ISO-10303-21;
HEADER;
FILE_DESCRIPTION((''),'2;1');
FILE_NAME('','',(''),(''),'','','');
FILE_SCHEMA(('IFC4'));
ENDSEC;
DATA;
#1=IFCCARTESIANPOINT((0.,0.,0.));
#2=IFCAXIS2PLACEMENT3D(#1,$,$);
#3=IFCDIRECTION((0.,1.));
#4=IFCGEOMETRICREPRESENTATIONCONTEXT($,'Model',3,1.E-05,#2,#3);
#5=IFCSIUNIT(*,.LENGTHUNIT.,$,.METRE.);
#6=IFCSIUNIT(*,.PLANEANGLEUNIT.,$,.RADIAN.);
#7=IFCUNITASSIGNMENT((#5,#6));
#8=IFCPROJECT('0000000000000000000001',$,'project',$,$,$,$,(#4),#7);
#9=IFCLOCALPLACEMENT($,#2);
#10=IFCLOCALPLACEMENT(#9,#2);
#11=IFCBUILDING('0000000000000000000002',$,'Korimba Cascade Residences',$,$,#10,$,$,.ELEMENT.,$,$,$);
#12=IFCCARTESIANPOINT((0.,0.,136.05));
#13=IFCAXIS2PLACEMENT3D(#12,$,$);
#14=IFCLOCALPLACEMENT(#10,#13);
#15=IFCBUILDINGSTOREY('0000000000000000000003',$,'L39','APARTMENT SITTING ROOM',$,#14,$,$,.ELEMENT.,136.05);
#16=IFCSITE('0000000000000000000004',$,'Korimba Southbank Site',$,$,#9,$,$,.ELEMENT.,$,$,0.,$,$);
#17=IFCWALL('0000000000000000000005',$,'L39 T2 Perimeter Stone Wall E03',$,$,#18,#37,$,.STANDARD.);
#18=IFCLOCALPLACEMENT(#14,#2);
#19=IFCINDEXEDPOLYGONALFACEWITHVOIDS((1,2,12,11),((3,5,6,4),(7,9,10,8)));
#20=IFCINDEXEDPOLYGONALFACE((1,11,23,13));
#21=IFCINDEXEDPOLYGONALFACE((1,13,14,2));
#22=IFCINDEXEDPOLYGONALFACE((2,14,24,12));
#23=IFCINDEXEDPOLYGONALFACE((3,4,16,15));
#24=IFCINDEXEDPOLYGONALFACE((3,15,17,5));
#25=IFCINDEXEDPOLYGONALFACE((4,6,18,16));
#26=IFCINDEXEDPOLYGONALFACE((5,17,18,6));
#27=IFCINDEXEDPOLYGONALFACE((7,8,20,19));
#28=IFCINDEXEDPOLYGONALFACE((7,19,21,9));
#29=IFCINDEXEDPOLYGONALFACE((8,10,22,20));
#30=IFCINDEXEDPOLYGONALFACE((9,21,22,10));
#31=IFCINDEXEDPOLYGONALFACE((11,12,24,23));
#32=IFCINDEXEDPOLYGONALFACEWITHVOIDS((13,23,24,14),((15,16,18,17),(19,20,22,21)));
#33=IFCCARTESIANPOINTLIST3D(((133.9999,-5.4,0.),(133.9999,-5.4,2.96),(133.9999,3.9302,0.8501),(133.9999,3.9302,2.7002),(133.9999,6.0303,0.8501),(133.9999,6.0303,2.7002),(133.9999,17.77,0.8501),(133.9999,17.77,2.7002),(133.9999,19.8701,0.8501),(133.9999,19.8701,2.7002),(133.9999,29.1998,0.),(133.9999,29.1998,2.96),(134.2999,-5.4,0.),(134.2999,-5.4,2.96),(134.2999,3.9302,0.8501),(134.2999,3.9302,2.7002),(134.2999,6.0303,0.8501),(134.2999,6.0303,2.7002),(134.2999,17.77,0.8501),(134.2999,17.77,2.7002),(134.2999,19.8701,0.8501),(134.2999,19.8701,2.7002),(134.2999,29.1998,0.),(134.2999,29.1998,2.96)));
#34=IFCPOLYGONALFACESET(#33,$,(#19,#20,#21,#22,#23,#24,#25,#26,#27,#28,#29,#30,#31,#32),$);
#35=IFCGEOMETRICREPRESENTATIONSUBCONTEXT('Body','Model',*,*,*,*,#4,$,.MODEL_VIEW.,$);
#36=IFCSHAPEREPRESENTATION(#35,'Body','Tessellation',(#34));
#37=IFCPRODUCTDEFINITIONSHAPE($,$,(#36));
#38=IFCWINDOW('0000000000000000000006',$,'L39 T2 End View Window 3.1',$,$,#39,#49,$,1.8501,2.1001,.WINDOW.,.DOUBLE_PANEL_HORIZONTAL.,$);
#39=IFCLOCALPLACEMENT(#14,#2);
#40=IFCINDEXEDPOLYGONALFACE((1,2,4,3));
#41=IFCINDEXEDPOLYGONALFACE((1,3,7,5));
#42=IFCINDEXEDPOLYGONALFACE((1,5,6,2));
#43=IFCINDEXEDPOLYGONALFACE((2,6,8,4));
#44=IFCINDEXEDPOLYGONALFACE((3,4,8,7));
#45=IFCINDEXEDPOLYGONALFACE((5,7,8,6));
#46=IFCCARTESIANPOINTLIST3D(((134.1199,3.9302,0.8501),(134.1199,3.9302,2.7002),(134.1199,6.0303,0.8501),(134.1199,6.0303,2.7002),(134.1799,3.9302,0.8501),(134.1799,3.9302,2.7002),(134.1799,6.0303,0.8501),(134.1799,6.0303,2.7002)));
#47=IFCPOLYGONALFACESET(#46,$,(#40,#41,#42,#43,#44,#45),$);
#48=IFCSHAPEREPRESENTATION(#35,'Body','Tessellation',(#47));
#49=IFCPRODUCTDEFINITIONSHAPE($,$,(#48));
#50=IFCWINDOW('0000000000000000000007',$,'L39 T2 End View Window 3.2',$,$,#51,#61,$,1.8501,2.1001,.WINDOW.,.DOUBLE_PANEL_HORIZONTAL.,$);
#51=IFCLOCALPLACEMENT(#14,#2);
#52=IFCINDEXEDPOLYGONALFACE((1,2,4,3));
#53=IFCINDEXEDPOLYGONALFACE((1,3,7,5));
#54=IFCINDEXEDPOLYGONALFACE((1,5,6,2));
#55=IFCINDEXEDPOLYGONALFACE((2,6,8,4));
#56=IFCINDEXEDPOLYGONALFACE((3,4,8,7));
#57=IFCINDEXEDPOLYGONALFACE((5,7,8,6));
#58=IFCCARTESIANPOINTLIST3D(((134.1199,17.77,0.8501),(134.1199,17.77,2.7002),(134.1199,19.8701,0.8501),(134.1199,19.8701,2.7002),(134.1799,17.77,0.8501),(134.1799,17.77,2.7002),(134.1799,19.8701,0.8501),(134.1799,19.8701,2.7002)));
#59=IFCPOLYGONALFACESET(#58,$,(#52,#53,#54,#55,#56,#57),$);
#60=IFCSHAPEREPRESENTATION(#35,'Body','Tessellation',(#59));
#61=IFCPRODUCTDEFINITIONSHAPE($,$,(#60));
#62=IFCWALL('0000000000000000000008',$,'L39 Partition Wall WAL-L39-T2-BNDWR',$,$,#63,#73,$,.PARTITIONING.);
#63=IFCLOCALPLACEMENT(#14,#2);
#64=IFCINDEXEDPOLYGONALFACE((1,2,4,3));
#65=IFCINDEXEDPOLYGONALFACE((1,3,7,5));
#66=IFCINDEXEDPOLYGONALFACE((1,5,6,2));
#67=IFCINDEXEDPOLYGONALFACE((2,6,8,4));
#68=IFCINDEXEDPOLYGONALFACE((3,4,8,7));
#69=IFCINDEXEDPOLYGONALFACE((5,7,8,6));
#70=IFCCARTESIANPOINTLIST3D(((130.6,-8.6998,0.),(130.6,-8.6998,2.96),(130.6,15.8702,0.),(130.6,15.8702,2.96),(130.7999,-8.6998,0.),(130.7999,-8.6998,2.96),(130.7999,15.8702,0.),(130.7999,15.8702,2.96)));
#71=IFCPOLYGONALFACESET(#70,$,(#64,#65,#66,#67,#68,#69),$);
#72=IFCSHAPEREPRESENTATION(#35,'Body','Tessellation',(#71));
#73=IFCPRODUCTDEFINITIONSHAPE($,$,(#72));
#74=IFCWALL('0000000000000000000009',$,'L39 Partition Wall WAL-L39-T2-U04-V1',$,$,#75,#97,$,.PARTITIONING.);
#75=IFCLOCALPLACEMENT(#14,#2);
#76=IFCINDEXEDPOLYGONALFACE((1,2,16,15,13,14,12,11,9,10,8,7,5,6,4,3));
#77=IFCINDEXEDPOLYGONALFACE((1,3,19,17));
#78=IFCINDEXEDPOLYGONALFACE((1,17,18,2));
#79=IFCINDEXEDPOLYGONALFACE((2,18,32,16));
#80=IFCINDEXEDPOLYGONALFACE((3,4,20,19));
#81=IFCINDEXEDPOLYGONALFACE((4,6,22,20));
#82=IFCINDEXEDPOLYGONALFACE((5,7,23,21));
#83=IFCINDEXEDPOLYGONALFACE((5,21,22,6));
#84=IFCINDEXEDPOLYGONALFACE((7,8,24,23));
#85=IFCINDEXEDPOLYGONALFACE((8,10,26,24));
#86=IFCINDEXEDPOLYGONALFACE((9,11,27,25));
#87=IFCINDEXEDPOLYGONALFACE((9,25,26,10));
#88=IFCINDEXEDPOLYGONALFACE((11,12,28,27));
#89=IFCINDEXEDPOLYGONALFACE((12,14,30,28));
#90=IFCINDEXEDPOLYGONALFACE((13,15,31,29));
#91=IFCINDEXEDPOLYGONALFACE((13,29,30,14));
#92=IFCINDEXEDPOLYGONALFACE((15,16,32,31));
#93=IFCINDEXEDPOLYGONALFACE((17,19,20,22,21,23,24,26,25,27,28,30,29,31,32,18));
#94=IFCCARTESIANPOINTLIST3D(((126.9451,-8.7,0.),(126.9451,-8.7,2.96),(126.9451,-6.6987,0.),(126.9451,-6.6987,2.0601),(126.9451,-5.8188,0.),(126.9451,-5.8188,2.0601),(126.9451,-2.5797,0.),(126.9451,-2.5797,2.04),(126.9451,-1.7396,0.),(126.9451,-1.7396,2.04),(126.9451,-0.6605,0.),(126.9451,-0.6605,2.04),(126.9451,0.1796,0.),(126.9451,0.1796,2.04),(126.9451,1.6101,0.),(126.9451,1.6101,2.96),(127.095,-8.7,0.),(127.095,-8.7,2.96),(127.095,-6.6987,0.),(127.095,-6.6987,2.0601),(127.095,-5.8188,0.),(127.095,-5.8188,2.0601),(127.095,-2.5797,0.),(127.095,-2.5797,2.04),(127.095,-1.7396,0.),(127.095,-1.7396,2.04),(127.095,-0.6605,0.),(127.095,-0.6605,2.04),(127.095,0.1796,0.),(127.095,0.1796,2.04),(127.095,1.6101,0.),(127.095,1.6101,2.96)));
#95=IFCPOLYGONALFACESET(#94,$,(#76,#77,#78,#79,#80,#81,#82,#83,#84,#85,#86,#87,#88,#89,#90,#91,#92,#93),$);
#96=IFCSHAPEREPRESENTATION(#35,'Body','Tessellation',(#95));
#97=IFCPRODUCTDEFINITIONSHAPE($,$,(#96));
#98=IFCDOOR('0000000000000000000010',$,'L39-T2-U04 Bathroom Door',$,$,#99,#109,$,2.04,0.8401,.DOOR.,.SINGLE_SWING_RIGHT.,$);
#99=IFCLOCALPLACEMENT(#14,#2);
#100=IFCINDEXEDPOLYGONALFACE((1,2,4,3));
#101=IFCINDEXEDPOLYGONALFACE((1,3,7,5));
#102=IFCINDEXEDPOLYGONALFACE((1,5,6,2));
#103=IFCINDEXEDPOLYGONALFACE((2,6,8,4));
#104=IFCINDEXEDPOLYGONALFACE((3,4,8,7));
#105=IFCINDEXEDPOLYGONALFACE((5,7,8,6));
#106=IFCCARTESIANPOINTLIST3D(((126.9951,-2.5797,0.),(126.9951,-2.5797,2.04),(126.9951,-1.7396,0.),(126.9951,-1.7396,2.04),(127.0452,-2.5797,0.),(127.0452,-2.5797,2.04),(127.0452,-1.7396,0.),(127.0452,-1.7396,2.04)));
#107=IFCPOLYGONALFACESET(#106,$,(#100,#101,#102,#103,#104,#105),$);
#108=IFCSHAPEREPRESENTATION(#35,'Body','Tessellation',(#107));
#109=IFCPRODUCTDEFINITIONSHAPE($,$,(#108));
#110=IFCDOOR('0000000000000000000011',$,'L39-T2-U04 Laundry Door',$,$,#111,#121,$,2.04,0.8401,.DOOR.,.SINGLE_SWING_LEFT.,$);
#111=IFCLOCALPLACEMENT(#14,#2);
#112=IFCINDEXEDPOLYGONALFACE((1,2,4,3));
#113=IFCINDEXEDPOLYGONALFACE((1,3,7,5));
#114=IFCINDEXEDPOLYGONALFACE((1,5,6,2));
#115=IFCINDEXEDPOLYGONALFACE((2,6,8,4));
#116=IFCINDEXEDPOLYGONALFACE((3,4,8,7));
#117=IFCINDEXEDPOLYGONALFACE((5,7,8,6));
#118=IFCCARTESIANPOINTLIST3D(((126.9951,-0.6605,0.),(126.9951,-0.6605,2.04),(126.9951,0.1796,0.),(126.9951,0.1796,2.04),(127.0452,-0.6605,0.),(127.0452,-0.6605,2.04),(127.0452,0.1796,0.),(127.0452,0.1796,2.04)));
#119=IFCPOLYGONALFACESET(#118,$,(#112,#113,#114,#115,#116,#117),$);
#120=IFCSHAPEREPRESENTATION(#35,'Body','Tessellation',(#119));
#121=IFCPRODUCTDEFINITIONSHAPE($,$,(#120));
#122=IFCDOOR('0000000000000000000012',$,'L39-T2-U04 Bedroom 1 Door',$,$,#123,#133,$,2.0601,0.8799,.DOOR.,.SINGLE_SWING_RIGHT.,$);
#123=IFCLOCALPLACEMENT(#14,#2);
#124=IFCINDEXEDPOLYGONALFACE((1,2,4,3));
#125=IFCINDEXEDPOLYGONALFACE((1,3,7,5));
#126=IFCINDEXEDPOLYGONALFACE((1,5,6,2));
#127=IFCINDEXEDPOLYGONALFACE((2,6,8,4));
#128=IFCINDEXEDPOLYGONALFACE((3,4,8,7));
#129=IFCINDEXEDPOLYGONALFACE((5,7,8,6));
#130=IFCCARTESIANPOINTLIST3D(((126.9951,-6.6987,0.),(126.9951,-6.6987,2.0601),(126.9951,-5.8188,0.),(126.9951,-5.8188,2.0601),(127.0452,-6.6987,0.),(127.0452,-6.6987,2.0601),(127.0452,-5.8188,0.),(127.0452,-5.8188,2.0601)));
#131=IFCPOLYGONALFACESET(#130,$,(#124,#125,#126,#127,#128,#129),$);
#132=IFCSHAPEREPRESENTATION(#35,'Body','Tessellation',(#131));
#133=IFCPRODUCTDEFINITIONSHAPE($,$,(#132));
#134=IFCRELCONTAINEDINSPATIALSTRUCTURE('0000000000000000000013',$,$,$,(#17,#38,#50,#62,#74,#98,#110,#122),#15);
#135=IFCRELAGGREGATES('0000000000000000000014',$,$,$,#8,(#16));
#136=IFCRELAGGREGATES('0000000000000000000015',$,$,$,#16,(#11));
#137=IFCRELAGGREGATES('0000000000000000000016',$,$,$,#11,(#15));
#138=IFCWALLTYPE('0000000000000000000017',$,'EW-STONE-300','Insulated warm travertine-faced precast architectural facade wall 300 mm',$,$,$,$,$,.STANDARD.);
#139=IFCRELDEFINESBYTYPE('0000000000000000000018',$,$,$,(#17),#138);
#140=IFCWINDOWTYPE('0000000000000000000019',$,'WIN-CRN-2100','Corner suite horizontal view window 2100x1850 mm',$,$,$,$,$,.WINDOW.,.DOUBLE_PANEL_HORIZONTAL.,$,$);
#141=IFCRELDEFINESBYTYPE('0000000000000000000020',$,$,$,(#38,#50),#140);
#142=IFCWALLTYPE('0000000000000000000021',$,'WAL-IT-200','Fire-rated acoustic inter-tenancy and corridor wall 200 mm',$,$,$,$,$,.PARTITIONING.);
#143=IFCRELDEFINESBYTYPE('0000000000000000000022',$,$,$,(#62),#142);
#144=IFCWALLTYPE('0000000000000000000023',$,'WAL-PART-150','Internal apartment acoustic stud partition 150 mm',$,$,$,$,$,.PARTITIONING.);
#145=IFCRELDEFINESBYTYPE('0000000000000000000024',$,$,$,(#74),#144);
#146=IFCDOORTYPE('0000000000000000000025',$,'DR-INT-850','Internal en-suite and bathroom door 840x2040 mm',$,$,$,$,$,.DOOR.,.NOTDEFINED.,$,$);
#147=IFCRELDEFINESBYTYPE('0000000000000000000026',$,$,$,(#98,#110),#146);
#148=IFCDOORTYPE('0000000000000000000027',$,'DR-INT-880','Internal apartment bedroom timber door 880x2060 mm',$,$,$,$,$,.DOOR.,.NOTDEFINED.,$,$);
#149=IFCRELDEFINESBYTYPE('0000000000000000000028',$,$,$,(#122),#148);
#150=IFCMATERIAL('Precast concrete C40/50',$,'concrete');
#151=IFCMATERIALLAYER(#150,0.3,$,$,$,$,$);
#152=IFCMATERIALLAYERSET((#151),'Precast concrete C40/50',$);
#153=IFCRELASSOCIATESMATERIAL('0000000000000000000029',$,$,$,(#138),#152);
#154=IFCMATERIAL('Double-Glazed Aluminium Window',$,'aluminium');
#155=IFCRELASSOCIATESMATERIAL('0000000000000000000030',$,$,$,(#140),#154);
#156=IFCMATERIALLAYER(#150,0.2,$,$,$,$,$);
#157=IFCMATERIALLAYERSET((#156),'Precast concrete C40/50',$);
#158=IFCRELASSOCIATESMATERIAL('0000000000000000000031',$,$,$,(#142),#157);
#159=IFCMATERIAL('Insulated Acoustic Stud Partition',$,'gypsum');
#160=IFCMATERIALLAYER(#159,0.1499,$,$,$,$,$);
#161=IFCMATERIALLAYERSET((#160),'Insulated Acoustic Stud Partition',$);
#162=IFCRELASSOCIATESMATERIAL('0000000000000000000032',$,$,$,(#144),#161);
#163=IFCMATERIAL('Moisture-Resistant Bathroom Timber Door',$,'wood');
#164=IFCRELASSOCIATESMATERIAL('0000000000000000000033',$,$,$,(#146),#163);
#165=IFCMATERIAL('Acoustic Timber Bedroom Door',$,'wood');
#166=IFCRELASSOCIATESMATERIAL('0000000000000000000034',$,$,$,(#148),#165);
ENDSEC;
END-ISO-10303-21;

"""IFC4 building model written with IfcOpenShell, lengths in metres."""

from ifc_helpers import new_model, si_unit, direction, frame, frame_2d, origin, place, context, subcontext, project, spatial, rectangle, extrude, material, layer, layer_set, type_object, element, fill, save


model = new_model("IFC4")

# Units and contexts
model_context = context("Model", 3, precision=1e-05, world=origin(), true_north=direction((0.0, 1.0)))
body_context = subcontext(model_context, "Body", "Model", "MODEL_VIEW")
ifc_project = project(units=[si_unit("LENGTHUNIT", "METRE"), si_unit("PLANEANGLEUNIT", "RADIAN")], contexts=[model_context])

# Site, building, storey
site_placement = place(None, origin())
site = spatial("IfcSite", under=ifc_project, at=site_placement, Name="Korimba Southbank Site", CompositionType="ELEMENT", RefElevation=0.0)
building_placement = place(site_placement, origin())
building = spatial("IfcBuilding", under=site, at=building_placement, Name="Korimba Cascade Residences", CompositionType="ELEMENT")
storey_placement = place(building_placement, frame((0.0, 0.0, 136.05)))
storey = spatial("IfcBuildingStorey", under=building, at=storey_placement, Name="L39", Description="APARTMENT SITTING ROOM", CompositionType="ELEMENT", Elevation=136.05)

# Shared definitions
ifc_material_1 = material(Name="Precast concrete C40/50", Category="concrete")
ifc_layer_1 = layer(ifc_material_1, 0.3)
ifc_layer_set_1 = layer_set([ifc_layer_1], Name="Precast concrete C40/50")
wall_type_1 = type_object("IfcWallType", Name="EW-STONE-300", Description="Insulated warm travertine-faced precast architectural facade wall 300 mm", PredefinedType="STANDARD", material=ifc_layer_set_1)

# Wall, openings, windows
wall_1_placement = place(storey_placement, frame((134.1499, -5.3999, 0.0), z_axis=(0.0, 0.0, 1.0), x_axis=(0.0, 1.0, 0.0)))
wall_1 = element("IfcWall", 1, at=wall_1_placement, inside=storey, type_object=wall_type_1, Name="L39 T2 Perimeter Stone Wall E03", PredefinedType="STANDARD", context=body_context, shape_type="SweptSolid", body=[
    extrude(rectangle(XDim=34.5999, YDim=0.3, at=frame_2d((17.2998, 0.0))), origin(), (0.0, 0.0, 1.0), 2.96),
])
opening_1_placement = place(wall_1_placement, frame((9.3301, 0.0, 0.8501)))
opening_1 = element("IfcOpeningElement", 2, at=opening_1_placement, cuts=wall_1, PredefinedType="OPENING", context=body_context, shape_type="SweptSolid", body=[
    extrude(rectangle(XDim=2.1001, YDim=1.8501, at=frame_2d((1.05, 0.925))), frame((0.0, 0.1602, 0.0), z_axis=(0.0, -1.0, 0.0), x_axis=(1.0, 0.0, 0.0)), (0.0, 0.0, 1.0), 0.3201),
])
opening_2_placement = place(wall_1_placement, frame((23.1699, 0.0, 0.8501)))
opening_2 = element("IfcOpeningElement", 3, at=opening_2_placement, cuts=wall_1, PredefinedType="OPENING", context=body_context, shape_type="SweptSolid", body=[
    extrude(rectangle(XDim=2.1001, YDim=1.8501, at=frame_2d((1.05, 0.925))), frame((0.0, 0.1602, 0.0), z_axis=(0.0, -1.0, 0.0), x_axis=(1.0, 0.0, 0.0)), (0.0, 0.0, 1.0), 0.3201),
])
ifc_material_2 = material(Name="Double-Glazed Aluminium Window", Category="aluminium")
window_type = type_object("IfcWindowType", Name="WIN-CRN-2100", Description="Corner suite horizontal view window 2100x1850 mm", PartitioningType="DOUBLE_PANEL_HORIZONTAL", PredefinedType="WINDOW", material=ifc_material_2)
window_1_placement = place(opening_1_placement, origin())
window_1 = element("IfcWindow", 4, at=window_1_placement, inside=storey, type_object=window_type, Name="L39 T2 End View Window 3.1", OverallHeight=1.8501, OverallWidth=2.1001, PartitioningType="DOUBLE_PANEL_HORIZONTAL", PredefinedType="WINDOW", context=body_context, shape_type="SweptSolid", body=[
    extrude(rectangle(XDim=2.1001, YDim=1.8501, at=frame_2d((1.05, 0.925))), frame((0.0, 0.03, 0.0), z_axis=(0.0, -1.0, 0.0), x_axis=(1.0, 0.0, 0.0)), (0.0, 0.0, 1.0), 0.0601),
])
fill(opening_1, window_1)
window_2_placement = place(opening_2_placement, origin())
window_2 = element("IfcWindow", 5, at=window_2_placement, inside=storey, type_object=window_type, Name="L39 T2 End View Window 3.2", OverallHeight=1.8501, OverallWidth=2.1001, PartitioningType="DOUBLE_PANEL_HORIZONTAL", PredefinedType="WINDOW", context=body_context, shape_type="SweptSolid", body=[
    extrude(rectangle(XDim=2.1001, YDim=1.8501, at=frame_2d((1.05, 0.925))), frame((0.0, 0.03, 0.0), z_axis=(0.0, -1.0, 0.0), x_axis=(1.0, 0.0, 0.0)), (0.0, 0.0, 1.0), 0.0601),
])
fill(opening_2, window_2)

# Wall
ifc_layer_2 = layer(ifc_material_1, 0.2)
ifc_layer_set_2 = layer_set([ifc_layer_2], Name="Precast concrete C40/50")
wall_type_2 = type_object("IfcWallType", Name="WAL-IT-200", Description="Fire-rated acoustic inter-tenancy and corridor wall 200 mm", PredefinedType="PARTITIONING", material=ifc_layer_set_2)
wall_2_placement = place(storey_placement, frame((130.7, -8.7, 0.0), z_axis=(0.0, 0.0, 1.0), x_axis=(0.0, 1.0, 0.0)))
element("IfcWall", 6, at=wall_2_placement, inside=storey, type_object=wall_type_2, Name="L39 Partition Wall WAL-L39-T2-BNDWR", PredefinedType="PARTITIONING", context=body_context, shape_type="SweptSolid", body=[
    extrude(rectangle(XDim=24.5701, YDim=0.2, at=frame_2d((12.2852, 0.0))), origin(), (0.0, 0.0, 1.0), 2.96),
])

# Wall, openings, doors
ifc_material_3 = material(Name="Insulated Acoustic Stud Partition", Category="gypsum")
ifc_layer_3 = layer(ifc_material_3, 0.1499)
ifc_layer_set_3 = layer_set([ifc_layer_3], Name="Insulated Acoustic Stud Partition")
wall_type_3 = type_object("IfcWallType", Name="WAL-PART-150", Description="Internal apartment acoustic stud partition 150 mm", PredefinedType="PARTITIONING", material=ifc_layer_set_3)
wall_3_placement = place(storey_placement, frame((127.02, -8.7, 0.0), z_axis=(0.0, 0.0, 1.0), x_axis=(0.0, 1.0, 0.0)))
wall_3 = element("IfcWall", 7, at=wall_3_placement, inside=storey, type_object=wall_type_3, Name="L39 Partition Wall WAL-L39-T2-U04-V1", PredefinedType="PARTITIONING", context=body_context, shape_type="SweptSolid", body=[
    extrude(rectangle(XDim=10.3101, YDim=0.1499, at=frame_2d((5.155, 0.0))), origin(), (0.0, 0.0, 1.0), 2.96),
])
opening_3_placement = place(wall_3_placement, frame((6.1204, 0.0, 0.0)))
opening_3 = element("IfcOpeningElement", 8, at=opening_3_placement, cuts=wall_3, PredefinedType="OPENING", context=body_context, shape_type="SweptSolid", body=[
    extrude(rectangle(XDim=0.8401, YDim=2.04, at=frame_2d((0.4199, 1.02))), frame((0.0, 0.085, 0.0), z_axis=(0.0, -1.0, 0.0), x_axis=(1.0, 0.0, 0.0)), (0.0, 0.0, 1.0), 0.1699),
])
opening_4_placement = place(wall_3_placement, frame((8.0396, 0.0, 0.0)))
opening_4 = element("IfcOpeningElement", 9, at=opening_4_placement, cuts=wall_3, PredefinedType="OPENING", context=body_context, shape_type="SweptSolid", body=[
    extrude(rectangle(XDim=0.8401, YDim=2.04, at=frame_2d((0.4199, 1.02))), frame((0.0, 0.085, 0.0), z_axis=(0.0, -1.0, 0.0), x_axis=(1.0, 0.0, 0.0)), (0.0, 0.0, 1.0), 0.1699),
])
opening_5_placement = place(wall_3_placement, frame((2.0012, 0.0, 0.0)))
opening_5 = element("IfcOpeningElement", 10, at=opening_5_placement, cuts=wall_3, PredefinedType="OPENING", context=body_context, shape_type="SweptSolid", body=[
    extrude(rectangle(XDim=0.8799, YDim=2.0601, at=frame_2d((0.4399, 1.03))), frame((0.0, 0.085, 0.0), z_axis=(0.0, -1.0, 0.0), x_axis=(1.0, 0.0, 0.0)), (0.0, 0.0, 1.0), 0.1699),
])
ifc_material_4 = material(Name="Moisture-Resistant Bathroom Timber Door", Category="wood")
door_type_1 = type_object("IfcDoorType", Name="DR-INT-850", Description="Internal en-suite and bathroom door 840x2040 mm", OperationType="NOTDEFINED", PredefinedType="DOOR", material=ifc_material_4)
door_1_placement = place(opening_3_placement, origin())
door_1 = element("IfcDoor", 11, at=door_1_placement, inside=storey, type_object=door_type_1, Name="L39-T2-U04 Bathroom Door", OperationType="SINGLE_SWING_RIGHT", OverallHeight=2.04, OverallWidth=0.8401, PredefinedType="DOOR", context=body_context, shape_type="SweptSolid", body=[
    extrude(rectangle(XDim=0.8401, YDim=2.04, at=frame_2d((0.4199, 1.02))), frame((0.0, 0.0249, 0.0), z_axis=(0.0, -1.0, 0.0), x_axis=(1.0, 0.0, 0.0)), (0.0, 0.0, 1.0), 0.05),
])
fill(opening_3, door_1)
door_2_placement = place(opening_4_placement, origin())
door_2 = element("IfcDoor", 12, at=door_2_placement, inside=storey, type_object=door_type_1, Name="L39-T2-U04 Laundry Door", OperationType="SINGLE_SWING_LEFT", OverallHeight=2.04, OverallWidth=0.8401, PredefinedType="DOOR", context=body_context, shape_type="SweptSolid", body=[
    extrude(rectangle(XDim=0.8401, YDim=2.04, at=frame_2d((0.4199, 1.02))), frame((0.0, 0.0249, 0.0), z_axis=(0.0, -1.0, 0.0), x_axis=(1.0, 0.0, 0.0)), (0.0, 0.0, 1.0), 0.05),
])
fill(opening_4, door_2)
ifc_material_5 = material(Name="Acoustic Timber Bedroom Door", Category="wood")
door_type_2 = type_object("IfcDoorType", Name="DR-INT-880", Description="Internal apartment bedroom timber door 880x2060 mm", OperationType="NOTDEFINED", PredefinedType="DOOR", material=ifc_material_5)
door_3_placement = place(opening_5_placement, origin())
door_3 = element("IfcDoor", 13, at=door_3_placement, inside=storey, type_object=door_type_2, Name="L39-T2-U04 Bedroom 1 Door", OperationType="SINGLE_SWING_RIGHT", OverallHeight=2.0601, OverallWidth=0.8799, PredefinedType="DOOR", context=body_context, shape_type="SweptSolid", body=[
    extrude(rectangle(XDim=0.8799, YDim=2.0601, at=frame_2d((0.4399, 1.03))), frame((0.0, 0.0249, 0.0), z_axis=(0.0, -1.0, 0.0), x_axis=(1.0, 0.0, 0.0)), (0.0, 0.0, 1.0), 0.05),
])
fill(opening_5, door_3)

save(model, "model.ifc")
